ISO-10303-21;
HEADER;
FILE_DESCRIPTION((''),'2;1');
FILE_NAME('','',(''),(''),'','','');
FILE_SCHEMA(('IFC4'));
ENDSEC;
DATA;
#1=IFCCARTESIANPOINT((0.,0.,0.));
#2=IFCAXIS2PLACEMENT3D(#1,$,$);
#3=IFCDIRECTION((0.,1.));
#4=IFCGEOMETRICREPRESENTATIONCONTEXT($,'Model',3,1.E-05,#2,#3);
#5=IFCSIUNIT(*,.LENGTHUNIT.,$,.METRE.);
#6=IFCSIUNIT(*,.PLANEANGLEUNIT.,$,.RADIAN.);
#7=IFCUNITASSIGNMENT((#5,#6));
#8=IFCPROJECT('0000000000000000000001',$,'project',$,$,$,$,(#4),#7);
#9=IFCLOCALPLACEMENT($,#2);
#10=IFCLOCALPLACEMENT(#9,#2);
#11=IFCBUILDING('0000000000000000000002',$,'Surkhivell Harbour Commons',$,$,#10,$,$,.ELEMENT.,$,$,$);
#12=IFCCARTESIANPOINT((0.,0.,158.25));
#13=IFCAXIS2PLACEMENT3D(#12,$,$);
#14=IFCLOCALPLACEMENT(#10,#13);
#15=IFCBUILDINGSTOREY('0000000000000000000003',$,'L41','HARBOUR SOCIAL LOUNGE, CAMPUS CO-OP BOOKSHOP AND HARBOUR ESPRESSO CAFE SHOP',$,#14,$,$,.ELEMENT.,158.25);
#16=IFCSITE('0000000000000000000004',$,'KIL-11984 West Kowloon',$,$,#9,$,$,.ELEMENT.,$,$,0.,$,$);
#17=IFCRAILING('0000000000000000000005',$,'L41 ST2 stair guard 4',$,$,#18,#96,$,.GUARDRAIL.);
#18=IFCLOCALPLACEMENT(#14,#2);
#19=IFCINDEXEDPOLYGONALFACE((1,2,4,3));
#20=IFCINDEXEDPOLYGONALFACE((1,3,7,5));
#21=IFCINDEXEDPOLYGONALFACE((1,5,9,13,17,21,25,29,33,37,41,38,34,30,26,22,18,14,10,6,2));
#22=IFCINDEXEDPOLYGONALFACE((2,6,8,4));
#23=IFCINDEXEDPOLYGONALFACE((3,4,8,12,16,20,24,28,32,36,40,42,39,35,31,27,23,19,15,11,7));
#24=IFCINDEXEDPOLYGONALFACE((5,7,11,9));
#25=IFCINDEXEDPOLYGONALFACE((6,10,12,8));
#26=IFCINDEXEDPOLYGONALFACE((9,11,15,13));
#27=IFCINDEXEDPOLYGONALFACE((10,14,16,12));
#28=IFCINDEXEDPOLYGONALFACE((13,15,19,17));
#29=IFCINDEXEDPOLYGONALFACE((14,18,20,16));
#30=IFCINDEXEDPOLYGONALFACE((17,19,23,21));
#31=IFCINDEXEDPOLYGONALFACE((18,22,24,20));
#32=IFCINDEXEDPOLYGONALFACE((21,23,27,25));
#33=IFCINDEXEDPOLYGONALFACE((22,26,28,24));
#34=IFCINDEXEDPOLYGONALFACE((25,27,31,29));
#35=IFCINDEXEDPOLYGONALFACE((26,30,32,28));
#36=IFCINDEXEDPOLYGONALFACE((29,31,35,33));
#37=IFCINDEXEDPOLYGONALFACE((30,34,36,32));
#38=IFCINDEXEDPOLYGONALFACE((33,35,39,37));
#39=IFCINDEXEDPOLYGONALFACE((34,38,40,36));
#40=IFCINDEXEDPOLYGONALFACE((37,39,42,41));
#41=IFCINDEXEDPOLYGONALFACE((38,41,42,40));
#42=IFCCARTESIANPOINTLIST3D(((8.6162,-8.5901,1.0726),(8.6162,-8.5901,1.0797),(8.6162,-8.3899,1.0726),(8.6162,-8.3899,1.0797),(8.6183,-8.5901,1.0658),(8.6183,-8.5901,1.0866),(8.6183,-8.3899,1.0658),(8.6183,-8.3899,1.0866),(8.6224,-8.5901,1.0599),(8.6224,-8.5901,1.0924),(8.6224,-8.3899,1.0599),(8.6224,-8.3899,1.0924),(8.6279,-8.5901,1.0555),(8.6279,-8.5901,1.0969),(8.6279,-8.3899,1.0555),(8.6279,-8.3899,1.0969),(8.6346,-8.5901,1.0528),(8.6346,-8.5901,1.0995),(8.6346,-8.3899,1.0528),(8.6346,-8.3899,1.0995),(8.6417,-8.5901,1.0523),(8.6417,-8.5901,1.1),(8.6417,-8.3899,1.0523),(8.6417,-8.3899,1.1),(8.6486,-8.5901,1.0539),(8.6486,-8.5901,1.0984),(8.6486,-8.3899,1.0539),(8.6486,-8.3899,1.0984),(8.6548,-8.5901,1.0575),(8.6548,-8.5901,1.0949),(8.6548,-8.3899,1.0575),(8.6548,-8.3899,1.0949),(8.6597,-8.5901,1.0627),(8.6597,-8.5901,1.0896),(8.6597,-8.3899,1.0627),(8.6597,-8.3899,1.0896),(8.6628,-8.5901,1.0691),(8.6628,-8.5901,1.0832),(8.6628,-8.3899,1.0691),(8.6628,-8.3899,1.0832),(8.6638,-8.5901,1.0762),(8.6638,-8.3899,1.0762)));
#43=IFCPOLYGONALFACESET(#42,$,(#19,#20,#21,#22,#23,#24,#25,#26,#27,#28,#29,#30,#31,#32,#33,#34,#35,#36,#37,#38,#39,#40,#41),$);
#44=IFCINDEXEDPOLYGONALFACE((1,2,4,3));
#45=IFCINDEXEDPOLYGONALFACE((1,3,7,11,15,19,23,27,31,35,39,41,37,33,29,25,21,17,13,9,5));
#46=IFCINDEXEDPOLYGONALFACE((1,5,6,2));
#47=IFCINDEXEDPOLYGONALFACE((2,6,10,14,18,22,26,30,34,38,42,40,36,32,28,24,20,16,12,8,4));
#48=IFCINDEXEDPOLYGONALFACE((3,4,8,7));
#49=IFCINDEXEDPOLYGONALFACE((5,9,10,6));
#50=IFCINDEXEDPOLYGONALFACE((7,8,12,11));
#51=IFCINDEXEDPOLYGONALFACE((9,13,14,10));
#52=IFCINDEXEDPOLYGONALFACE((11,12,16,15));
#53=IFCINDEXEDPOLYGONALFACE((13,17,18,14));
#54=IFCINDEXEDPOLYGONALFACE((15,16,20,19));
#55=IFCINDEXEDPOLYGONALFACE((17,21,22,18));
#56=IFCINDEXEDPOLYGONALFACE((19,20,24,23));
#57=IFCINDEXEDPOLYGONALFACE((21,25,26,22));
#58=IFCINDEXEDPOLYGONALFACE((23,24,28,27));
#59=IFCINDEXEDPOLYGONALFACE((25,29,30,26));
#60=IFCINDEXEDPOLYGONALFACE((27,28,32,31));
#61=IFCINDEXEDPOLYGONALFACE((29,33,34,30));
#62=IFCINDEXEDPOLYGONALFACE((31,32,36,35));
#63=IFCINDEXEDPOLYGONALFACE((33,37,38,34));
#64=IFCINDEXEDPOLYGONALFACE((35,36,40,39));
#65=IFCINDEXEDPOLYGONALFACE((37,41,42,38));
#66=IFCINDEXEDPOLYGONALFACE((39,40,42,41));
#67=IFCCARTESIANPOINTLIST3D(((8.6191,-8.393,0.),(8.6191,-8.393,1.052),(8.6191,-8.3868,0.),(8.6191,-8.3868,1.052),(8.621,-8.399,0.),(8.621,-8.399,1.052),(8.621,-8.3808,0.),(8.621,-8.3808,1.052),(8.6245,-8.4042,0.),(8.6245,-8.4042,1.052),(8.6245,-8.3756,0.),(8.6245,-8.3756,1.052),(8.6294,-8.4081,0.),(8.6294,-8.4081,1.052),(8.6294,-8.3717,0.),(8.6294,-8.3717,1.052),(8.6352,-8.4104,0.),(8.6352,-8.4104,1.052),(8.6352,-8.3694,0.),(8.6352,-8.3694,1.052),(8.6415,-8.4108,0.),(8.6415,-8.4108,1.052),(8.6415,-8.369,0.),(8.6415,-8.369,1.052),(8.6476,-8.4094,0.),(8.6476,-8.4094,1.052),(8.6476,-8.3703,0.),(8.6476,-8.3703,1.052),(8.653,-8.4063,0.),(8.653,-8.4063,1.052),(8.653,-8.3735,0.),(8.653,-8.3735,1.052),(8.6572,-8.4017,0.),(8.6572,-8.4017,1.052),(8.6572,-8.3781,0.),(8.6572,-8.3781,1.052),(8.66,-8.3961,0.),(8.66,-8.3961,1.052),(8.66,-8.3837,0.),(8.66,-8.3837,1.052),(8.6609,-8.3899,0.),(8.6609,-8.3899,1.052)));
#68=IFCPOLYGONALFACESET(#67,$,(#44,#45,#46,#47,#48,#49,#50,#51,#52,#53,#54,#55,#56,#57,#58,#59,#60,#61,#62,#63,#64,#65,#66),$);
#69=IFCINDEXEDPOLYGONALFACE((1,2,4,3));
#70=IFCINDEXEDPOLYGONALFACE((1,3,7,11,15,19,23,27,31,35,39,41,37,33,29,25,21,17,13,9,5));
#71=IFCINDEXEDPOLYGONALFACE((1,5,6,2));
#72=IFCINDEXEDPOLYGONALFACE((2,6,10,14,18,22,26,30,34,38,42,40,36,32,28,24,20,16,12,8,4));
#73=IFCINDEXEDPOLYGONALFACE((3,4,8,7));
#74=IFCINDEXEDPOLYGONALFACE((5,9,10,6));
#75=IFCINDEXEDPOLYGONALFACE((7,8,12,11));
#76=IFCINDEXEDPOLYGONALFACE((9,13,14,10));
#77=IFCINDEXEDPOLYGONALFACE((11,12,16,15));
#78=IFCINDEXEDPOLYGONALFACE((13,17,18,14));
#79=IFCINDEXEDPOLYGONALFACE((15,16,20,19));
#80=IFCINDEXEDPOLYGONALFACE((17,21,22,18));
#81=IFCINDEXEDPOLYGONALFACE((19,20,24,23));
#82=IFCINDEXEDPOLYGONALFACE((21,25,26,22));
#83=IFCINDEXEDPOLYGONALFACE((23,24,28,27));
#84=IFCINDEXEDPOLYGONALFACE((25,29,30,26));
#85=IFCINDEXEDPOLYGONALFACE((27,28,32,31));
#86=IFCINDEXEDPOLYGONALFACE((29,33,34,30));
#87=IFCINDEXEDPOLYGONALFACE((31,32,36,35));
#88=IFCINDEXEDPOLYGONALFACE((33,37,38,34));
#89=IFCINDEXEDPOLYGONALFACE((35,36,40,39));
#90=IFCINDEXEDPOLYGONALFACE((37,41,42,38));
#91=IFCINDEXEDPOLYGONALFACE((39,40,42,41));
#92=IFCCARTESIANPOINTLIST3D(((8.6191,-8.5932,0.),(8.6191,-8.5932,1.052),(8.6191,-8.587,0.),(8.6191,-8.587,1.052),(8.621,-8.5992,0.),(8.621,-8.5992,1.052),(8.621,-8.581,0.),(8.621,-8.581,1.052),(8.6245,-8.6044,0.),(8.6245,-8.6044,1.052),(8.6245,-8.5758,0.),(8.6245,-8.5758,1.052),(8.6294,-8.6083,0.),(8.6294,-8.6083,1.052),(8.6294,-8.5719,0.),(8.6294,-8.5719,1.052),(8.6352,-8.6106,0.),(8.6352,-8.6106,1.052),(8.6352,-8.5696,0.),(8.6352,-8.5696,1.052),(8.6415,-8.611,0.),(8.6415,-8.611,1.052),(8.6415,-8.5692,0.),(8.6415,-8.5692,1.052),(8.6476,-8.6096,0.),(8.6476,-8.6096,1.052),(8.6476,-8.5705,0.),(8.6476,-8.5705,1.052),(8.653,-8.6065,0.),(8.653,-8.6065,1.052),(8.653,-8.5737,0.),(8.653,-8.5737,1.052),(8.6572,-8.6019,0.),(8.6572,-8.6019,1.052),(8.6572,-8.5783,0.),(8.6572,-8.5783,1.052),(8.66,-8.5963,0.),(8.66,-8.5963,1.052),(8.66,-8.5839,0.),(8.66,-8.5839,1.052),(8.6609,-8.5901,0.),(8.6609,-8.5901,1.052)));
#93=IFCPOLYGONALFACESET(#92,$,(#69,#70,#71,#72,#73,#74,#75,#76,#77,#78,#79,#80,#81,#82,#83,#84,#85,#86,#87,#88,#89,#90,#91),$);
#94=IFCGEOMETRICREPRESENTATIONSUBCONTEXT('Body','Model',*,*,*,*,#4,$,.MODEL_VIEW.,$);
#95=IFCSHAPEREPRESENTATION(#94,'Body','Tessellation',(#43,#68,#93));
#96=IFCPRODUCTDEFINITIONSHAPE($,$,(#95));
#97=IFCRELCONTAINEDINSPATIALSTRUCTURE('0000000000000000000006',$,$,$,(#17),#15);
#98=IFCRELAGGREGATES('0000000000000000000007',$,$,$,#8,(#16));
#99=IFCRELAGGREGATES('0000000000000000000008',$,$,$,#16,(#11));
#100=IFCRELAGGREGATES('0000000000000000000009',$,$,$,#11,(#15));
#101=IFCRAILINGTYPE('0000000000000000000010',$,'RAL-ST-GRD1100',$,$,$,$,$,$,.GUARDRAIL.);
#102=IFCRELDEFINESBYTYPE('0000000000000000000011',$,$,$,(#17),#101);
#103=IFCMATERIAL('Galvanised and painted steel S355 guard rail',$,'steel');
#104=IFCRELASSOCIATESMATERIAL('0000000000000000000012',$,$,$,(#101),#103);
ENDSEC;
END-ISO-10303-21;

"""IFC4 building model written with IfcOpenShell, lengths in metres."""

from ifc_helpers import new_model, si_unit, direction, frame, origin, origin_2d, place, context, subcontext, project, spatial, circle, extrude, material, type_object, element, save


model = new_model("IFC4")

# Units and contexts
model_context = context("Model", 3, precision=1e-05, world=origin(), true_north=direction((0.0, 1.0)))
body_context = subcontext(model_context, "Body", "Model", "MODEL_VIEW")
ifc_project = project(units=[si_unit("LENGTHUNIT", "METRE"), si_unit("PLANEANGLEUNIT", "RADIAN")], contexts=[model_context])

# Site, building, storey
site_placement = place(None, origin())
site = spatial("IfcSite", under=ifc_project, at=site_placement, Name="KIL-11984 West Kowloon", CompositionType="ELEMENT", RefElevation=0.0)
building_placement = place(site_placement, origin())
building = spatial("IfcBuilding", under=site, at=building_placement, Name="Surkhivell Harbour Commons", CompositionType="ELEMENT")
storey_placement = place(building_placement, frame((0.0, 0.0, 158.25)))
storey = spatial("IfcBuildingStorey", under=building, at=storey_placement, Name="L41", Description="HARBOUR SOCIAL LOUNGE, CAMPUS CO-OP BOOKSHOP AND HARBOUR ESPRESSO CAFE SHOP", CompositionType="ELEMENT", Elevation=158.25)

# Railing
ifc_material_1 = material(Name="Galvanised and painted steel S355 guard rail", Category="steel")
railing_type = type_object("IfcRailingType", Name="RAL-ST-GRD1100", PredefinedType="GUARDRAIL", material=ifc_material_1)
railing_1_placement = place(storey_placement, frame((8.6399, -8.3899, 0.0)))
element("IfcRailing", 1, at=railing_1_placement, inside=storey, type_object=railing_type, Name="L41 ST2 stair guard 4", PredefinedType="GUARDRAIL", context=body_context, shape_type="SweptSolid", body=[
    extrude(circle(Radius=0.0239, at=origin_2d()), frame((0.0, 0.0, 1.0762), z_axis=(0.0, -1.0, 0.0), x_axis=(1.0, 0.0, 0.0)), (0.0, 0.0, 1.0), 0.2002),
    extrude(circle(Radius=0.021, at=origin_2d()), origin(), (0.0, 0.0, 1.0), 1.052),
    extrude(circle(Radius=0.021, at=origin_2d()), frame((0.0, -0.2002, 0.0)), (0.0, 0.0, 1.0), 1.052),
])

save(model, "model.ifc")
